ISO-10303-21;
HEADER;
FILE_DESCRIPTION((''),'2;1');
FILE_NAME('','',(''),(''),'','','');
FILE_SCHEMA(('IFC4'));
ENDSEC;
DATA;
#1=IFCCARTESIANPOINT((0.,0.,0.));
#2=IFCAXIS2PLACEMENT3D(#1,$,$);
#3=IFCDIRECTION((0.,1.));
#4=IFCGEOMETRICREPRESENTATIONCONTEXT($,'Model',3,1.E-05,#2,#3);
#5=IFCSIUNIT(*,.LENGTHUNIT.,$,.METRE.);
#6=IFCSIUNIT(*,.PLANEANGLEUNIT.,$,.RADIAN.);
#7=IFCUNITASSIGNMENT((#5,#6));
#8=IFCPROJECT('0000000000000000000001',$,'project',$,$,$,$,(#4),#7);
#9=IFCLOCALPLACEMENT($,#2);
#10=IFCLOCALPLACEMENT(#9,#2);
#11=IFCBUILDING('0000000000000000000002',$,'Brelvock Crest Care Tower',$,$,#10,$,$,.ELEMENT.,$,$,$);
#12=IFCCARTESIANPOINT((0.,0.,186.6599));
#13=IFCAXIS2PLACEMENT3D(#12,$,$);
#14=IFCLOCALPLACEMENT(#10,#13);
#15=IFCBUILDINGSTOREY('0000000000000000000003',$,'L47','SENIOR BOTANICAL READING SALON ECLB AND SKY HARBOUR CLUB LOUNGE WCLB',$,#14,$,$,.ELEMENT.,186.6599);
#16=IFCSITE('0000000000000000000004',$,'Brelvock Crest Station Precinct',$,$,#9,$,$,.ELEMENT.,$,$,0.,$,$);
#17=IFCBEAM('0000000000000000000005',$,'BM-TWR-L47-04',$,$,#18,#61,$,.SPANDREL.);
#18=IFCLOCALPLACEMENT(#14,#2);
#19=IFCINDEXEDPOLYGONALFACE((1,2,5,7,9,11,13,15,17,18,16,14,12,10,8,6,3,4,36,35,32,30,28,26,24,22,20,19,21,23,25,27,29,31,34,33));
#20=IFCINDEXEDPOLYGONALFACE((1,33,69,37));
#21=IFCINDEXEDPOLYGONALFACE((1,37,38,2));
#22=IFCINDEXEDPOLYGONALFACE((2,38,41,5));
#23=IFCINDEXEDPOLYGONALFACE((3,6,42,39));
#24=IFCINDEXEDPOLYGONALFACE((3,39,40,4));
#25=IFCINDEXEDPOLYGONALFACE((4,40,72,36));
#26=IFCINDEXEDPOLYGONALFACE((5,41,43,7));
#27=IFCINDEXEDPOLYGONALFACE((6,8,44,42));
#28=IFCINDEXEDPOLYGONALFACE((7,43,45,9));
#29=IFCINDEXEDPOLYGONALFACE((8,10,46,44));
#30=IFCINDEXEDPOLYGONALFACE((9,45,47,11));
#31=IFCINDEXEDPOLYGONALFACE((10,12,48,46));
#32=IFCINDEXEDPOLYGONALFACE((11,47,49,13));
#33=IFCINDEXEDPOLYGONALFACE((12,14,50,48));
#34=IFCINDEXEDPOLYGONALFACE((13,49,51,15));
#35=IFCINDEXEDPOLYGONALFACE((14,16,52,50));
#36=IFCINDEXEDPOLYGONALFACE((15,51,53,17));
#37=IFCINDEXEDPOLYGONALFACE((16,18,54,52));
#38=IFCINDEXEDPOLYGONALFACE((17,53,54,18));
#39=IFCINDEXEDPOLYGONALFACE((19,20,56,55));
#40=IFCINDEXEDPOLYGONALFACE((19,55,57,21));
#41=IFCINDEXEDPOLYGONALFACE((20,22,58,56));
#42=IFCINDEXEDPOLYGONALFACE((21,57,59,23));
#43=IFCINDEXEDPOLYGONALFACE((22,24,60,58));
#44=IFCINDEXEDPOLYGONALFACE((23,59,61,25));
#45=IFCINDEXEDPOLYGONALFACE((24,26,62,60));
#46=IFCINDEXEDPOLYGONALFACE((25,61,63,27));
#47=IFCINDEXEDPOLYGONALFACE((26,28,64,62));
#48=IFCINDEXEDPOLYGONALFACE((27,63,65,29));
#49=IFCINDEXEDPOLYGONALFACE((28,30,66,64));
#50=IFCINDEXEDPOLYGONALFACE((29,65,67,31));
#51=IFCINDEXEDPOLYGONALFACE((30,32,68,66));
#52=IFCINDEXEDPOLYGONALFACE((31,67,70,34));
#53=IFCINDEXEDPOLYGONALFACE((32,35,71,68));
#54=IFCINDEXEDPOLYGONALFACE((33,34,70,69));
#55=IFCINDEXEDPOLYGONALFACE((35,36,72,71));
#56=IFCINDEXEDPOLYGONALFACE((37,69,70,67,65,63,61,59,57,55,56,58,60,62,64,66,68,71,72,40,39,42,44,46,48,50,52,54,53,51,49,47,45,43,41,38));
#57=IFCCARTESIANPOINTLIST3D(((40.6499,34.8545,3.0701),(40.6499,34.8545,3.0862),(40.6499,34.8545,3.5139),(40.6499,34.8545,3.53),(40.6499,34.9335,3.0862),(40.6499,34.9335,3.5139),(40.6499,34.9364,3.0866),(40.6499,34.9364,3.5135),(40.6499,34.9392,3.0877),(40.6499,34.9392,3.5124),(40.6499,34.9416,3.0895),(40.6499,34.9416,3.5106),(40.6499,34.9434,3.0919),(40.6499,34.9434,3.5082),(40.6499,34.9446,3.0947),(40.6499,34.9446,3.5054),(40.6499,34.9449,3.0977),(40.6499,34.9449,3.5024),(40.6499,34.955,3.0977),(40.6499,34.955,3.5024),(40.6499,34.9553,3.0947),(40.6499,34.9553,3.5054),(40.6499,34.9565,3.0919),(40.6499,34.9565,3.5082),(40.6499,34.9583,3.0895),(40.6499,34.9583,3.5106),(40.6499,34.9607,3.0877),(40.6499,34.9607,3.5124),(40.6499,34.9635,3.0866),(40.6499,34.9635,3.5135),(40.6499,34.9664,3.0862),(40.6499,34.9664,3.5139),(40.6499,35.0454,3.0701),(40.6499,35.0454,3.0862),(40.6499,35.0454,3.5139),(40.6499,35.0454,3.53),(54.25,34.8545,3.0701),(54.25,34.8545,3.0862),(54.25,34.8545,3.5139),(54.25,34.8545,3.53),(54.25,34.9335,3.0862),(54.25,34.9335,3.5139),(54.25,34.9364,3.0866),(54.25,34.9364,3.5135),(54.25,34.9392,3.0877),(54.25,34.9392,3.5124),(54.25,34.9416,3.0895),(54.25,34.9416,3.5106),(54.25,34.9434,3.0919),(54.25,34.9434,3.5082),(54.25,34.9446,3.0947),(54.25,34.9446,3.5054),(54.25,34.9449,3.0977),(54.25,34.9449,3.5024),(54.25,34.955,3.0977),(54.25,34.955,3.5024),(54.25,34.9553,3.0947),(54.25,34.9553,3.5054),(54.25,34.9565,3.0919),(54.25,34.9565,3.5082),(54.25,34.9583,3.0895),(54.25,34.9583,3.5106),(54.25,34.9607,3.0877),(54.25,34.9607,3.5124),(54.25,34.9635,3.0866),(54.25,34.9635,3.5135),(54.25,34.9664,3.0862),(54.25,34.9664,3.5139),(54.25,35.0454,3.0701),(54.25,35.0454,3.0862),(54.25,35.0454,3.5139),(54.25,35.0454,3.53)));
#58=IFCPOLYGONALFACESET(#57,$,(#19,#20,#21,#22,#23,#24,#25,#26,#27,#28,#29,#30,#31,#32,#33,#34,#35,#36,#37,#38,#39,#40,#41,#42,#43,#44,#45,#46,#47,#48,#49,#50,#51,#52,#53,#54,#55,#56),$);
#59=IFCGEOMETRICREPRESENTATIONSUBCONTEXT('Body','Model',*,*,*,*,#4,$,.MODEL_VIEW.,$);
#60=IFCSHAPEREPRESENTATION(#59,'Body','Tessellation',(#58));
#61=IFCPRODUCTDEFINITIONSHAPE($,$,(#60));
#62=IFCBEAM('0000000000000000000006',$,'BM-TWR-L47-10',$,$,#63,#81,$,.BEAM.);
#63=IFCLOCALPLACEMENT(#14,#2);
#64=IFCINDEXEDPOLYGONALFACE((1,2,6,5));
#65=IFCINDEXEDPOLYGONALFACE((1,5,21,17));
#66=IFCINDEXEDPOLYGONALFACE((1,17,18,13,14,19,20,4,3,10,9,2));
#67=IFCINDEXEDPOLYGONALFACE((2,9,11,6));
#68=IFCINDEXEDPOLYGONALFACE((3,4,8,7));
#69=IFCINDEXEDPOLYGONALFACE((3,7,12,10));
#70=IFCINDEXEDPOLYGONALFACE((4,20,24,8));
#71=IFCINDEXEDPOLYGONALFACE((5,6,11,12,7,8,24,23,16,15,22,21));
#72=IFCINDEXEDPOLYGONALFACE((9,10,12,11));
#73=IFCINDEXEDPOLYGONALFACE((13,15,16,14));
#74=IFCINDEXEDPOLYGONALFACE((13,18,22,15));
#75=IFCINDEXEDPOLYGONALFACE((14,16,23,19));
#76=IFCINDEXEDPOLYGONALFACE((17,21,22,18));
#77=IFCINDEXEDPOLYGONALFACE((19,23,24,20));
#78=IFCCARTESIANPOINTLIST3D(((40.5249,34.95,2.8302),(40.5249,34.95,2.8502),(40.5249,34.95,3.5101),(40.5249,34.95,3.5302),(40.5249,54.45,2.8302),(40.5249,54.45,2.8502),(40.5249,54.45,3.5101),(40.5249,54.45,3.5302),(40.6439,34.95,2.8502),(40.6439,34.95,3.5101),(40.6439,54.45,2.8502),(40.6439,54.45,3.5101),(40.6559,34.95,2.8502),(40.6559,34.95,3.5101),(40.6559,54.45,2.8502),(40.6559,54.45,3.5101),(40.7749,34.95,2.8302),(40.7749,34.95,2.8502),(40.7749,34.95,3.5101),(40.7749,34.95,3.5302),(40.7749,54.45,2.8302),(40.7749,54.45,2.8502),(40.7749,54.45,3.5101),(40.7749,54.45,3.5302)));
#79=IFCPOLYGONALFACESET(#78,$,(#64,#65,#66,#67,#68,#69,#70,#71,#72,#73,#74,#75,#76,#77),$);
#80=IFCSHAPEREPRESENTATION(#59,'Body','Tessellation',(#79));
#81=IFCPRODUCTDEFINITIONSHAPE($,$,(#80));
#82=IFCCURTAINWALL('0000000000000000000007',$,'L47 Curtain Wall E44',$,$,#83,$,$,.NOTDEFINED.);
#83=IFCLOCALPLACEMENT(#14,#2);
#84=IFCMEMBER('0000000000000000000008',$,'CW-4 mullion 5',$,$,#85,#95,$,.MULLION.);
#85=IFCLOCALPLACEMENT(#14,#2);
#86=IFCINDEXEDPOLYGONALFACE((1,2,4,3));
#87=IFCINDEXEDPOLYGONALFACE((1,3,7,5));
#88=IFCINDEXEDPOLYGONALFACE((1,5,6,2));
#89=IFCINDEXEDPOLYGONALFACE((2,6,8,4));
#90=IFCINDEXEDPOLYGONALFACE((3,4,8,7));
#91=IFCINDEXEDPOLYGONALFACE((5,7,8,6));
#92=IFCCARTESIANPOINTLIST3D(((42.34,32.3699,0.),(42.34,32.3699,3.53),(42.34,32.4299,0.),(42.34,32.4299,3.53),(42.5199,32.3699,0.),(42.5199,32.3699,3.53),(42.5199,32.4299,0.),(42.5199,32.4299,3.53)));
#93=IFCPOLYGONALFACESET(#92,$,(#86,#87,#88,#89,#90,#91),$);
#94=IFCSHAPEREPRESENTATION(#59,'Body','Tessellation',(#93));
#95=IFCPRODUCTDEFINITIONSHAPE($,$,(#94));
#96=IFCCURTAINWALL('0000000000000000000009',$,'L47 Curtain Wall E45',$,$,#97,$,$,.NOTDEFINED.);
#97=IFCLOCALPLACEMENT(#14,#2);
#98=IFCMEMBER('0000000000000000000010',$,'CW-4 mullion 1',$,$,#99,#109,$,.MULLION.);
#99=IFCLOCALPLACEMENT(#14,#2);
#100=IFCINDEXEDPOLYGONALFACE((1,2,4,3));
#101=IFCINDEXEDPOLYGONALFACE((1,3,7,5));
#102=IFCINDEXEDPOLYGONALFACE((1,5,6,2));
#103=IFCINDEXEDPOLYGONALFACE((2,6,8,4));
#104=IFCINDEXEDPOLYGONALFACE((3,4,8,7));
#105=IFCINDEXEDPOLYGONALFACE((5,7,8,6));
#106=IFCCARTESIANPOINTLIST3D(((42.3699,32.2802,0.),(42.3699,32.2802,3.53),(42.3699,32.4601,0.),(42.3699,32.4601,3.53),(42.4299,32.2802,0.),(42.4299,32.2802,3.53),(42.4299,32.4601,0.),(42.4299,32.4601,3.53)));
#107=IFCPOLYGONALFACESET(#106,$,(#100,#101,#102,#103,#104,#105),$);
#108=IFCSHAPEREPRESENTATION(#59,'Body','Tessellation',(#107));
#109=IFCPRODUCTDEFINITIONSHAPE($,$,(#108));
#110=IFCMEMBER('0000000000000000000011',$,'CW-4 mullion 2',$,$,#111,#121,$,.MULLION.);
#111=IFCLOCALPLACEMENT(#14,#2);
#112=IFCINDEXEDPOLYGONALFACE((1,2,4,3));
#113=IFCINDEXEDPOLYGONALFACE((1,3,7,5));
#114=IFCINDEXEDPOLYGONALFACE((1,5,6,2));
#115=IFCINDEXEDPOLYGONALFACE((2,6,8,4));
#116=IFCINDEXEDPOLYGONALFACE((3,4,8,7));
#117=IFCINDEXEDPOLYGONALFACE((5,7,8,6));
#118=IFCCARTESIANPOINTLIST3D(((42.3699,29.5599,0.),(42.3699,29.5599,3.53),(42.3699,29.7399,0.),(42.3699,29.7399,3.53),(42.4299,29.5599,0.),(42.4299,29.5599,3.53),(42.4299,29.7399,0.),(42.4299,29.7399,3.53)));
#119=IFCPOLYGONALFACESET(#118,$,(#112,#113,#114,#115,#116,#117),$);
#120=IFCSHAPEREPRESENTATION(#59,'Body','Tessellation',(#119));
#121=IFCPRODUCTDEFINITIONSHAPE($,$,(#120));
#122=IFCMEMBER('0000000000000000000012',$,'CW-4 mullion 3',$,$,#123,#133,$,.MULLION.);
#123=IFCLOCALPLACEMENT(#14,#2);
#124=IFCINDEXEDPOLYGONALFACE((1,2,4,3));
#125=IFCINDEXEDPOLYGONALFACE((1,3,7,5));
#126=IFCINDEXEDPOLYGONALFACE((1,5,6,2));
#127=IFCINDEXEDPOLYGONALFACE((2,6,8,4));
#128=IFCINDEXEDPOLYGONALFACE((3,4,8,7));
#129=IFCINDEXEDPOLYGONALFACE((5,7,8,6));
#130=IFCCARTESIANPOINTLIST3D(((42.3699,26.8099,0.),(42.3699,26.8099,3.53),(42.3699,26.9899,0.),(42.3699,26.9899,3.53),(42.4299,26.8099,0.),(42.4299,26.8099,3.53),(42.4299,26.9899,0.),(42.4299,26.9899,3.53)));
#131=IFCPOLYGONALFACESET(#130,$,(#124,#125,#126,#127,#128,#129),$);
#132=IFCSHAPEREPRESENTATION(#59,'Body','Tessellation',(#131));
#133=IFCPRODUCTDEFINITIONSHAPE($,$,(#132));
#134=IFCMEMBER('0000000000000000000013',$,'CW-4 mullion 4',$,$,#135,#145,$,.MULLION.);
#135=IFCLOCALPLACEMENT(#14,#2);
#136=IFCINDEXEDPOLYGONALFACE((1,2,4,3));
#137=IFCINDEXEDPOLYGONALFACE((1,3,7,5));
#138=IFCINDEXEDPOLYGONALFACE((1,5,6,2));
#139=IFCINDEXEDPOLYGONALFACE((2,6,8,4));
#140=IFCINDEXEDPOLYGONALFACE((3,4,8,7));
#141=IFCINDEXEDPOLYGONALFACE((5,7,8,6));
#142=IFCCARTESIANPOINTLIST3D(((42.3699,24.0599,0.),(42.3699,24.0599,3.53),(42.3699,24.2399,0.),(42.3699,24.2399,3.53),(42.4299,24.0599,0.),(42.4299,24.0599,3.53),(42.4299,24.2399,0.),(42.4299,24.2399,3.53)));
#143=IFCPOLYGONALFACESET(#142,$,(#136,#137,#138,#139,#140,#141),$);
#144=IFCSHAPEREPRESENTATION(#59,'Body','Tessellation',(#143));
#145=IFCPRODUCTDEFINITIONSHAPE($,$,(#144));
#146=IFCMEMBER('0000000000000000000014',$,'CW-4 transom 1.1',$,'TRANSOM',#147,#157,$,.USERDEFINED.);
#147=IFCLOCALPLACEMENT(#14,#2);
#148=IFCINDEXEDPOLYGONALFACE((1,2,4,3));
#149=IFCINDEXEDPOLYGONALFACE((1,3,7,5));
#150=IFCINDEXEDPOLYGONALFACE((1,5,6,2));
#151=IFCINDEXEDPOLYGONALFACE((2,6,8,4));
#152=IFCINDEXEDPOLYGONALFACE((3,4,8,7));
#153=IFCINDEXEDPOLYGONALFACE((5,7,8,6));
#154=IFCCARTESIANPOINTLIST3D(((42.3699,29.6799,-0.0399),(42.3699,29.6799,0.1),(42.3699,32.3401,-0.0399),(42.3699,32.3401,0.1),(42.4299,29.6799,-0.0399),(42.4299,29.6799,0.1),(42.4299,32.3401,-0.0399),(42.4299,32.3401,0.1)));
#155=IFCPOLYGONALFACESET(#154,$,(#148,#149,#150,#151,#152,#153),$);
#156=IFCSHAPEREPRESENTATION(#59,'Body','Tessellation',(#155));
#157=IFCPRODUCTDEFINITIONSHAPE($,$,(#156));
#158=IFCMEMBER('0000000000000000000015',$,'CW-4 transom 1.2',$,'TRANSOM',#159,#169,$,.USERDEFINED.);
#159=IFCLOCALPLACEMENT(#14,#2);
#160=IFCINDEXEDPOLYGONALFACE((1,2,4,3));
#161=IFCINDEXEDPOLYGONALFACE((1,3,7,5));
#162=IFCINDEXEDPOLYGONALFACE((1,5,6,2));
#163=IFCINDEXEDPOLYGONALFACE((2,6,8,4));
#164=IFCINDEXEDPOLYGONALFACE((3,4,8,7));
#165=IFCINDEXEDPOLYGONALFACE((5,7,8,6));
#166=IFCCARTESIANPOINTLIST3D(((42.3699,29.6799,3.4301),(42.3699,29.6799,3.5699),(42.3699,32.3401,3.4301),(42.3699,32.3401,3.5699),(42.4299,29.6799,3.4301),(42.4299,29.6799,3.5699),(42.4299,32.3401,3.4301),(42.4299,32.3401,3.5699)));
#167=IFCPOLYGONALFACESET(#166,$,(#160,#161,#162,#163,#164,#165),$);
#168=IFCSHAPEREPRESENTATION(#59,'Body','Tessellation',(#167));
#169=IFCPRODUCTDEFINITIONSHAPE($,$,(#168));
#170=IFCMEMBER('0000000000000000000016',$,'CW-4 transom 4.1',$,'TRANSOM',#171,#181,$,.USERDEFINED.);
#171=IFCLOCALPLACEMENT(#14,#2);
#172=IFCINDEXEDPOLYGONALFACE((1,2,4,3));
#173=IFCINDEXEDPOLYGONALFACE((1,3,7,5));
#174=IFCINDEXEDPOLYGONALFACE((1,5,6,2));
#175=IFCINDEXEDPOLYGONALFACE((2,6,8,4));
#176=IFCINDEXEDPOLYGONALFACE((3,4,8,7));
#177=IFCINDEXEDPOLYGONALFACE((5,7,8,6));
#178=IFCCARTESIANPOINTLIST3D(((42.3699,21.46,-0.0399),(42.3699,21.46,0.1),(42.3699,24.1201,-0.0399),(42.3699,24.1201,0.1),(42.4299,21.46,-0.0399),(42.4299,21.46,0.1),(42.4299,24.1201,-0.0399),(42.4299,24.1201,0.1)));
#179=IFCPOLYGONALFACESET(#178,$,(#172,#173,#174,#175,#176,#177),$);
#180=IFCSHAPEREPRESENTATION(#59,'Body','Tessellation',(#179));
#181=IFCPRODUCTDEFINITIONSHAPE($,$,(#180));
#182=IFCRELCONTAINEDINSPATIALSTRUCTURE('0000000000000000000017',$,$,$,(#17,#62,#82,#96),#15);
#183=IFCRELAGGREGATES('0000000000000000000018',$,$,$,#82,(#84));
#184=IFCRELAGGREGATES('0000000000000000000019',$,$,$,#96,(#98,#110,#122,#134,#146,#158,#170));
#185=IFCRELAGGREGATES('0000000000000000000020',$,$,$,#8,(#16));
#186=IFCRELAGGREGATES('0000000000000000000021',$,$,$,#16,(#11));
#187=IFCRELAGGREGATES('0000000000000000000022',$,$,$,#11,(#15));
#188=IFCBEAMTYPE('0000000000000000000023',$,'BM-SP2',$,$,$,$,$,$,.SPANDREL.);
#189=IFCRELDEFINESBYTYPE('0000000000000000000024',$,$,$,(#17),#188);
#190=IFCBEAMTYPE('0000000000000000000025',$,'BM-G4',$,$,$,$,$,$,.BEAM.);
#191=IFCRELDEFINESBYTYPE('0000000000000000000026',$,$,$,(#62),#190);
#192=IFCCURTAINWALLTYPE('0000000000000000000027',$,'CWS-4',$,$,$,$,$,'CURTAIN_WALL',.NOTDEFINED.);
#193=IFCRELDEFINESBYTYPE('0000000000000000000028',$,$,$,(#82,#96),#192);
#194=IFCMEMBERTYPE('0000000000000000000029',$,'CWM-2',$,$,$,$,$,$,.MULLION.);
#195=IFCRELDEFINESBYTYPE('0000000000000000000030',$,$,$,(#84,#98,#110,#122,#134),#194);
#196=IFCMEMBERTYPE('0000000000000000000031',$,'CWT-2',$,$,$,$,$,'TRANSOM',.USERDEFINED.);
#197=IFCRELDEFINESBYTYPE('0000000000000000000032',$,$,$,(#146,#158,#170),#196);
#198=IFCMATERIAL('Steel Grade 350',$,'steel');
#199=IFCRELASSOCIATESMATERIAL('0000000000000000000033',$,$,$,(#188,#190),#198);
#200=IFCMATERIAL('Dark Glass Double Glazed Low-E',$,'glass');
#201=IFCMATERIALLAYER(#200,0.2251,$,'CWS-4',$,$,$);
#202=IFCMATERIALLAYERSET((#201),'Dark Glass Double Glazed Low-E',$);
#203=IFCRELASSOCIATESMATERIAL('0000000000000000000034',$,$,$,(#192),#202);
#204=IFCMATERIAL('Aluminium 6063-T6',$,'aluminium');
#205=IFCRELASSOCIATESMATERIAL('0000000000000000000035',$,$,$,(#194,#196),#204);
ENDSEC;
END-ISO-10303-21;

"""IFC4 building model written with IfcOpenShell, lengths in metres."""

from ifc_helpers import new_model, si_unit, direction, frame, origin, origin_2d, place, context, subcontext, project, spatial, rectangle, i_section, extrude, source, transform, mapped, material, layer, layer_set, material_profile, profile_set, type_object, element, aggregate, save


model = new_model("IFC4")

# Units and contexts
model_context = context("Model", 3, precision=1e-05, world=origin(), true_north=direction((0.0, 1.0)))
body_context = subcontext(model_context, "Body", "Model", "MODEL_VIEW")
ifc_project = project(units=[si_unit("LENGTHUNIT", "METRE"), si_unit("PLANEANGLEUNIT", "RADIAN")], contexts=[model_context])

# Site, building, storey
site_placement = place(None, origin())
site = spatial("IfcSite", under=ifc_project, at=site_placement, Name="Brelvock Crest Station Precinct", CompositionType="ELEMENT", RefElevation=0.0)
building_placement = place(site_placement, origin())
building = spatial("IfcBuilding", under=site, at=building_placement, Name="Brelvock Crest Care Tower", CompositionType="ELEMENT")
storey_placement = place(building_placement, frame((0.0, 0.0, 186.6599)))
storey = spatial("IfcBuildingStorey", under=building, at=storey_placement, Name="L47", Description="SENIOR BOTANICAL READING SALON ECLB AND SKY HARBOUR CLUB LOUNGE WCLB", CompositionType="ELEMENT", Elevation=186.6599)

# Shared definitions
ifc_material_1 = material(Name="Steel Grade 350", Category="steel")

# Beams
ifc_material_profile_1 = material_profile(ifc_material_1, i_section(OverallWidth=0.1909, OverallDepth=0.46, WebThickness=0.01, FlangeThickness=0.0161, FilletRadius=0.0115, at=origin_2d()), Name="460UB82.1")
ifc_profile_set_1 = profile_set([ifc_material_profile_1], Name="Steel Grade 350")
beam_type_1 = type_object("IfcBeamType", Name="BM-SP2", PredefinedType="SPANDREL", material=ifc_profile_set_1)
shared_shape_1 = source(origin(), body_context, "Body", "SweptSolid", [
    extrude(i_section(OverallWidth=0.1909, OverallDepth=0.46, WebThickness=0.01, FlangeThickness=0.0161, FilletRadius=0.0115, at=origin_2d()), origin(), (0.0, 0.0, 1.0), 13.6001),
])
beam_1_placement = place(storey_placement, frame((40.6499, 34.95, 3.3), z_axis=(1.0, 0.0, 0.0), x_axis=(0.0, 1.0, 0.0)))
element("IfcBeam", 1, at=beam_1_placement, inside=storey, type_object=beam_type_1, Name="BM-TWR-L47-04", PredefinedType="SPANDREL", context=body_context, shape_type="MappedRepresentation", body=[
    mapped(shared_shape_1, transform((0.0, 0.0, 0.0), x_axis=(1.0, 0.0, 0.0), y_axis=(0.0, 1.0, 0.0), z_axis=(0.0, 0.0, 1.0), scale=1.0)),
])
ifc_material_profile_2 = material_profile(ifc_material_1, i_section(OverallWidth=0.25, OverallDepth=0.7, WebThickness=0.012, FlangeThickness=0.02, at=origin_2d()), Name="700WB150")
ifc_profile_set_2 = profile_set([ifc_material_profile_2], Name="Steel Grade 350")
beam_type_2 = type_object("IfcBeamType", Name="BM-G4", PredefinedType="BEAM", material=ifc_profile_set_2)
shared_shape_2 = source(origin(), body_context, "Body", "SweptSolid", [
    extrude(i_section(OverallWidth=0.25, OverallDepth=0.7, WebThickness=0.012, FlangeThickness=0.02, at=origin_2d()), origin(), (0.0, 0.0, 1.0), 19.5),
])
beam_2_placement = place(storey_placement, frame((40.6499, 34.95, 3.1802), z_axis=(0.0, 1.0, 0.0), x_axis=(-1.0, 0.0, 0.0)))
element("IfcBeam", 2, at=beam_2_placement, inside=storey, type_object=beam_type_2, Name="BM-TWR-L47-10", PredefinedType="BEAM", context=body_context, shape_type="MappedRepresentation", body=[
    mapped(shared_shape_2, transform((0.0, 0.0, 0.0), x_axis=(1.0, 0.0, 0.0), y_axis=(0.0, 1.0, 0.0), z_axis=(0.0, 0.0, 1.0), scale=1.0)),
])

# Curtain wall, member
ifc_material_2 = material(Name="Dark Glass Double Glazed Low-E", Category="glass")
ifc_layer_1 = layer(ifc_material_2, 0.2251, Name="CWS-4")
ifc_layer_set_1 = layer_set([ifc_layer_1], Name="Dark Glass Double Glazed Low-E")
curtain_wall_type = type_object("IfcCurtainWallType", Name="CWS-4", ElementType="CURTAIN_WALL", PredefinedType="NOTDEFINED", material=ifc_layer_set_1)
curtain_wall_1_placement = place(storey_placement, origin())
curtain_wall_1 = element("IfcCurtainWall", 3, at=curtain_wall_1_placement, inside=storey, type_object=curtain_wall_type, Name="L47 Curtain Wall E44", PredefinedType="NOTDEFINED")
ifc_material_3 = material(Name="Aluminium 6063-T6", Category="aluminium")
ifc_material_profile_3 = material_profile(ifc_material_3, rectangle(XDim=0.0601, YDim=0.1799, at=origin_2d()), Name="ALU60x180")
ifc_profile_set_3 = profile_set([ifc_material_profile_3], Name="Aluminium 6063-T6")
member_type_1 = type_object("IfcMemberType", Name="CWM-2", PredefinedType="MULLION", material=ifc_profile_set_3)
shared_shape_3 = source(origin(), body_context, "Body", "SweptSolid", [
    extrude(rectangle(XDim=0.0601, YDim=0.1799, at=origin_2d()), origin(), (0.0, 0.0, 1.0), 3.53),
])
member_1_placement = place(storey_placement, frame((42.4299, 32.3999, 0.0), z_axis=(0.0, 0.0, 1.0), x_axis=(0.0, -1.0, 0.0)))
member_1 = element("IfcMember", 4, at=member_1_placement, type_object=member_type_1, Name="CW-4 mullion 5", PredefinedType="MULLION", context=body_context, shape_type="MappedRepresentation", body=[
    mapped(shared_shape_3, transform((0.0, 0.0, 0.0), x_axis=(1.0, 0.0, 0.0), y_axis=(0.0, 1.0, 0.0), z_axis=(0.0, 0.0, 1.0), scale=1.0)),
])
aggregate(curtain_wall_1, [member_1])

# Curtain wall, members
curtain_wall_2_placement = place(storey_placement, origin())
curtain_wall_2 = element("IfcCurtainWall", 5, at=curtain_wall_2_placement, inside=storey, type_object=curtain_wall_type, Name="L47 Curtain Wall E45", PredefinedType="NOTDEFINED")
member_2_placement = place(storey_placement, frame((42.3999, 32.3701, 0.0), z_axis=(0.0, 0.0, 1.0), x_axis=(1.0, 0.0, 0.0)))
member_2 = element("IfcMember", 6, at=member_2_placement, type_object=member_type_1, Name="CW-4 mullion 1", PredefinedType="MULLION", context=body_context, shape_type="MappedRepresentation", body=[
    mapped(shared_shape_3, transform((0.0, 0.0, 0.0), x_axis=(1.0, 0.0, 0.0), y_axis=(0.0, 1.0, 0.0), z_axis=(0.0, 0.0, 1.0), scale=1.0)),
])
member_3_placement = place(storey_placement, frame((42.3999, 29.6499, 0.0), z_axis=(0.0, 0.0, 1.0), x_axis=(1.0, 0.0, 0.0)))
member_3 = element("IfcMember", 7, at=member_3_placement, type_object=member_type_1, Name="CW-4 mullion 2", PredefinedType="MULLION", context=body_context, shape_type="MappedRepresentation", body=[
    mapped(shared_shape_3, transform((0.0, 0.0, 0.0), x_axis=(1.0, 0.0, 0.0), y_axis=(0.0, 1.0, 0.0), z_axis=(0.0, 0.0, 1.0), scale=1.0)),
])
member_4_placement = place(storey_placement, frame((42.3999, 26.8999, 0.0), z_axis=(0.0, 0.0, 1.0), x_axis=(1.0, 0.0, 0.0)))
member_4 = element("IfcMember", 8, at=member_4_placement, type_object=member_type_1, Name="CW-4 mullion 3", PredefinedType="MULLION", context=body_context, shape_type="MappedRepresentation", body=[
    mapped(shared_shape_3, transform((0.0, 0.0, 0.0), x_axis=(1.0, 0.0, 0.0), y_axis=(0.0, 1.0, 0.0), z_axis=(0.0, 0.0, 1.0), scale=1.0)),
])
member_5_placement = place(storey_placement, frame((42.3999, 24.1499, 0.0), z_axis=(0.0, 0.0, 1.0), x_axis=(1.0, 0.0, 0.0)))
member_5 = element("IfcMember", 9, at=member_5_placement, type_object=member_type_1, Name="CW-4 mullion 4", PredefinedType="MULLION", context=body_context, shape_type="MappedRepresentation", body=[
    mapped(shared_shape_3, transform((0.0, 0.0, 0.0), x_axis=(1.0, 0.0, 0.0), y_axis=(0.0, 1.0, 0.0), z_axis=(0.0, 0.0, 1.0), scale=1.0)),
])
ifc_material_profile_4 = material_profile(ifc_material_3, rectangle(XDim=0.0601, YDim=0.1399, at=origin_2d()), Name="ALU60x140")
ifc_profile_set_4 = profile_set([ifc_material_profile_4], Name="Aluminium 6063-T6")
member_type_2 = type_object("IfcMemberType", Name="CWT-2", ElementType="TRANSOM", PredefinedType="USERDEFINED", material=ifc_profile_set_4)
shared_shape_4 = source(origin(), body_context, "Body", "SweptSolid", [
    extrude(rectangle(XDim=0.0601, YDim=0.1399, at=origin_2d()), origin(), (0.0, 0.0, 1.0), 2.6602),
])
member_6_placement = place(storey_placement, frame((42.3999, 32.3401, 0.03), z_axis=(0.0, -1.0, 0.0), x_axis=(1.0, 0.0, 0.0)))
member_6 = element("IfcMember", 10, at=member_6_placement, type_object=member_type_2, Name="CW-4 transom 1.1", ObjectType="TRANSOM", PredefinedType="USERDEFINED", context=body_context, shape_type="MappedRepresentation", body=[
    mapped(shared_shape_4, transform((0.0, 0.0, 0.0), x_axis=(1.0, 0.0, 0.0), y_axis=(0.0, 1.0, 0.0), z_axis=(0.0, 0.0, 1.0), scale=1.0)),
])
member_7_placement = place(storey_placement, frame((42.3999, 32.3401, 3.5), z_axis=(0.0, -1.0, 0.0), x_axis=(1.0, 0.0, 0.0)))
member_7 = element("IfcMember", 11, at=member_7_placement, type_object=member_type_2, Name="CW-4 transom 1.2", ObjectType="TRANSOM", PredefinedType="USERDEFINED", context=body_context, shape_type="MappedRepresentation", body=[
    mapped(shared_shape_4, transform((0.0, 0.0, 0.0), x_axis=(1.0, 0.0, 0.0), y_axis=(0.0, 1.0, 0.0), z_axis=(0.0, 0.0, 1.0), scale=1.0)),
])
member_8_placement = place(storey_placement, frame((42.3999, 24.1201, 0.03), z_axis=(0.0, -1.0, 0.0), x_axis=(1.0, 0.0, 0.0)))
member_8 = element("IfcMember", 12, at=member_8_placement, type_object=member_type_2, Name="CW-4 transom 4.1", ObjectType="TRANSOM", PredefinedType="USERDEFINED", context=body_context, shape_type="MappedRepresentation", body=[
    mapped(shared_shape_4, transform((0.0, 0.0, 0.0), x_axis=(1.0, 0.0, 0.0), y_axis=(0.0, 1.0, 0.0), z_axis=(0.0, 0.0, 1.0), scale=1.0)),
])
aggregate(curtain_wall_2, [member_2, member_3, member_4, member_5, member_6, member_7, member_8])

save(model, "model.ifc")
